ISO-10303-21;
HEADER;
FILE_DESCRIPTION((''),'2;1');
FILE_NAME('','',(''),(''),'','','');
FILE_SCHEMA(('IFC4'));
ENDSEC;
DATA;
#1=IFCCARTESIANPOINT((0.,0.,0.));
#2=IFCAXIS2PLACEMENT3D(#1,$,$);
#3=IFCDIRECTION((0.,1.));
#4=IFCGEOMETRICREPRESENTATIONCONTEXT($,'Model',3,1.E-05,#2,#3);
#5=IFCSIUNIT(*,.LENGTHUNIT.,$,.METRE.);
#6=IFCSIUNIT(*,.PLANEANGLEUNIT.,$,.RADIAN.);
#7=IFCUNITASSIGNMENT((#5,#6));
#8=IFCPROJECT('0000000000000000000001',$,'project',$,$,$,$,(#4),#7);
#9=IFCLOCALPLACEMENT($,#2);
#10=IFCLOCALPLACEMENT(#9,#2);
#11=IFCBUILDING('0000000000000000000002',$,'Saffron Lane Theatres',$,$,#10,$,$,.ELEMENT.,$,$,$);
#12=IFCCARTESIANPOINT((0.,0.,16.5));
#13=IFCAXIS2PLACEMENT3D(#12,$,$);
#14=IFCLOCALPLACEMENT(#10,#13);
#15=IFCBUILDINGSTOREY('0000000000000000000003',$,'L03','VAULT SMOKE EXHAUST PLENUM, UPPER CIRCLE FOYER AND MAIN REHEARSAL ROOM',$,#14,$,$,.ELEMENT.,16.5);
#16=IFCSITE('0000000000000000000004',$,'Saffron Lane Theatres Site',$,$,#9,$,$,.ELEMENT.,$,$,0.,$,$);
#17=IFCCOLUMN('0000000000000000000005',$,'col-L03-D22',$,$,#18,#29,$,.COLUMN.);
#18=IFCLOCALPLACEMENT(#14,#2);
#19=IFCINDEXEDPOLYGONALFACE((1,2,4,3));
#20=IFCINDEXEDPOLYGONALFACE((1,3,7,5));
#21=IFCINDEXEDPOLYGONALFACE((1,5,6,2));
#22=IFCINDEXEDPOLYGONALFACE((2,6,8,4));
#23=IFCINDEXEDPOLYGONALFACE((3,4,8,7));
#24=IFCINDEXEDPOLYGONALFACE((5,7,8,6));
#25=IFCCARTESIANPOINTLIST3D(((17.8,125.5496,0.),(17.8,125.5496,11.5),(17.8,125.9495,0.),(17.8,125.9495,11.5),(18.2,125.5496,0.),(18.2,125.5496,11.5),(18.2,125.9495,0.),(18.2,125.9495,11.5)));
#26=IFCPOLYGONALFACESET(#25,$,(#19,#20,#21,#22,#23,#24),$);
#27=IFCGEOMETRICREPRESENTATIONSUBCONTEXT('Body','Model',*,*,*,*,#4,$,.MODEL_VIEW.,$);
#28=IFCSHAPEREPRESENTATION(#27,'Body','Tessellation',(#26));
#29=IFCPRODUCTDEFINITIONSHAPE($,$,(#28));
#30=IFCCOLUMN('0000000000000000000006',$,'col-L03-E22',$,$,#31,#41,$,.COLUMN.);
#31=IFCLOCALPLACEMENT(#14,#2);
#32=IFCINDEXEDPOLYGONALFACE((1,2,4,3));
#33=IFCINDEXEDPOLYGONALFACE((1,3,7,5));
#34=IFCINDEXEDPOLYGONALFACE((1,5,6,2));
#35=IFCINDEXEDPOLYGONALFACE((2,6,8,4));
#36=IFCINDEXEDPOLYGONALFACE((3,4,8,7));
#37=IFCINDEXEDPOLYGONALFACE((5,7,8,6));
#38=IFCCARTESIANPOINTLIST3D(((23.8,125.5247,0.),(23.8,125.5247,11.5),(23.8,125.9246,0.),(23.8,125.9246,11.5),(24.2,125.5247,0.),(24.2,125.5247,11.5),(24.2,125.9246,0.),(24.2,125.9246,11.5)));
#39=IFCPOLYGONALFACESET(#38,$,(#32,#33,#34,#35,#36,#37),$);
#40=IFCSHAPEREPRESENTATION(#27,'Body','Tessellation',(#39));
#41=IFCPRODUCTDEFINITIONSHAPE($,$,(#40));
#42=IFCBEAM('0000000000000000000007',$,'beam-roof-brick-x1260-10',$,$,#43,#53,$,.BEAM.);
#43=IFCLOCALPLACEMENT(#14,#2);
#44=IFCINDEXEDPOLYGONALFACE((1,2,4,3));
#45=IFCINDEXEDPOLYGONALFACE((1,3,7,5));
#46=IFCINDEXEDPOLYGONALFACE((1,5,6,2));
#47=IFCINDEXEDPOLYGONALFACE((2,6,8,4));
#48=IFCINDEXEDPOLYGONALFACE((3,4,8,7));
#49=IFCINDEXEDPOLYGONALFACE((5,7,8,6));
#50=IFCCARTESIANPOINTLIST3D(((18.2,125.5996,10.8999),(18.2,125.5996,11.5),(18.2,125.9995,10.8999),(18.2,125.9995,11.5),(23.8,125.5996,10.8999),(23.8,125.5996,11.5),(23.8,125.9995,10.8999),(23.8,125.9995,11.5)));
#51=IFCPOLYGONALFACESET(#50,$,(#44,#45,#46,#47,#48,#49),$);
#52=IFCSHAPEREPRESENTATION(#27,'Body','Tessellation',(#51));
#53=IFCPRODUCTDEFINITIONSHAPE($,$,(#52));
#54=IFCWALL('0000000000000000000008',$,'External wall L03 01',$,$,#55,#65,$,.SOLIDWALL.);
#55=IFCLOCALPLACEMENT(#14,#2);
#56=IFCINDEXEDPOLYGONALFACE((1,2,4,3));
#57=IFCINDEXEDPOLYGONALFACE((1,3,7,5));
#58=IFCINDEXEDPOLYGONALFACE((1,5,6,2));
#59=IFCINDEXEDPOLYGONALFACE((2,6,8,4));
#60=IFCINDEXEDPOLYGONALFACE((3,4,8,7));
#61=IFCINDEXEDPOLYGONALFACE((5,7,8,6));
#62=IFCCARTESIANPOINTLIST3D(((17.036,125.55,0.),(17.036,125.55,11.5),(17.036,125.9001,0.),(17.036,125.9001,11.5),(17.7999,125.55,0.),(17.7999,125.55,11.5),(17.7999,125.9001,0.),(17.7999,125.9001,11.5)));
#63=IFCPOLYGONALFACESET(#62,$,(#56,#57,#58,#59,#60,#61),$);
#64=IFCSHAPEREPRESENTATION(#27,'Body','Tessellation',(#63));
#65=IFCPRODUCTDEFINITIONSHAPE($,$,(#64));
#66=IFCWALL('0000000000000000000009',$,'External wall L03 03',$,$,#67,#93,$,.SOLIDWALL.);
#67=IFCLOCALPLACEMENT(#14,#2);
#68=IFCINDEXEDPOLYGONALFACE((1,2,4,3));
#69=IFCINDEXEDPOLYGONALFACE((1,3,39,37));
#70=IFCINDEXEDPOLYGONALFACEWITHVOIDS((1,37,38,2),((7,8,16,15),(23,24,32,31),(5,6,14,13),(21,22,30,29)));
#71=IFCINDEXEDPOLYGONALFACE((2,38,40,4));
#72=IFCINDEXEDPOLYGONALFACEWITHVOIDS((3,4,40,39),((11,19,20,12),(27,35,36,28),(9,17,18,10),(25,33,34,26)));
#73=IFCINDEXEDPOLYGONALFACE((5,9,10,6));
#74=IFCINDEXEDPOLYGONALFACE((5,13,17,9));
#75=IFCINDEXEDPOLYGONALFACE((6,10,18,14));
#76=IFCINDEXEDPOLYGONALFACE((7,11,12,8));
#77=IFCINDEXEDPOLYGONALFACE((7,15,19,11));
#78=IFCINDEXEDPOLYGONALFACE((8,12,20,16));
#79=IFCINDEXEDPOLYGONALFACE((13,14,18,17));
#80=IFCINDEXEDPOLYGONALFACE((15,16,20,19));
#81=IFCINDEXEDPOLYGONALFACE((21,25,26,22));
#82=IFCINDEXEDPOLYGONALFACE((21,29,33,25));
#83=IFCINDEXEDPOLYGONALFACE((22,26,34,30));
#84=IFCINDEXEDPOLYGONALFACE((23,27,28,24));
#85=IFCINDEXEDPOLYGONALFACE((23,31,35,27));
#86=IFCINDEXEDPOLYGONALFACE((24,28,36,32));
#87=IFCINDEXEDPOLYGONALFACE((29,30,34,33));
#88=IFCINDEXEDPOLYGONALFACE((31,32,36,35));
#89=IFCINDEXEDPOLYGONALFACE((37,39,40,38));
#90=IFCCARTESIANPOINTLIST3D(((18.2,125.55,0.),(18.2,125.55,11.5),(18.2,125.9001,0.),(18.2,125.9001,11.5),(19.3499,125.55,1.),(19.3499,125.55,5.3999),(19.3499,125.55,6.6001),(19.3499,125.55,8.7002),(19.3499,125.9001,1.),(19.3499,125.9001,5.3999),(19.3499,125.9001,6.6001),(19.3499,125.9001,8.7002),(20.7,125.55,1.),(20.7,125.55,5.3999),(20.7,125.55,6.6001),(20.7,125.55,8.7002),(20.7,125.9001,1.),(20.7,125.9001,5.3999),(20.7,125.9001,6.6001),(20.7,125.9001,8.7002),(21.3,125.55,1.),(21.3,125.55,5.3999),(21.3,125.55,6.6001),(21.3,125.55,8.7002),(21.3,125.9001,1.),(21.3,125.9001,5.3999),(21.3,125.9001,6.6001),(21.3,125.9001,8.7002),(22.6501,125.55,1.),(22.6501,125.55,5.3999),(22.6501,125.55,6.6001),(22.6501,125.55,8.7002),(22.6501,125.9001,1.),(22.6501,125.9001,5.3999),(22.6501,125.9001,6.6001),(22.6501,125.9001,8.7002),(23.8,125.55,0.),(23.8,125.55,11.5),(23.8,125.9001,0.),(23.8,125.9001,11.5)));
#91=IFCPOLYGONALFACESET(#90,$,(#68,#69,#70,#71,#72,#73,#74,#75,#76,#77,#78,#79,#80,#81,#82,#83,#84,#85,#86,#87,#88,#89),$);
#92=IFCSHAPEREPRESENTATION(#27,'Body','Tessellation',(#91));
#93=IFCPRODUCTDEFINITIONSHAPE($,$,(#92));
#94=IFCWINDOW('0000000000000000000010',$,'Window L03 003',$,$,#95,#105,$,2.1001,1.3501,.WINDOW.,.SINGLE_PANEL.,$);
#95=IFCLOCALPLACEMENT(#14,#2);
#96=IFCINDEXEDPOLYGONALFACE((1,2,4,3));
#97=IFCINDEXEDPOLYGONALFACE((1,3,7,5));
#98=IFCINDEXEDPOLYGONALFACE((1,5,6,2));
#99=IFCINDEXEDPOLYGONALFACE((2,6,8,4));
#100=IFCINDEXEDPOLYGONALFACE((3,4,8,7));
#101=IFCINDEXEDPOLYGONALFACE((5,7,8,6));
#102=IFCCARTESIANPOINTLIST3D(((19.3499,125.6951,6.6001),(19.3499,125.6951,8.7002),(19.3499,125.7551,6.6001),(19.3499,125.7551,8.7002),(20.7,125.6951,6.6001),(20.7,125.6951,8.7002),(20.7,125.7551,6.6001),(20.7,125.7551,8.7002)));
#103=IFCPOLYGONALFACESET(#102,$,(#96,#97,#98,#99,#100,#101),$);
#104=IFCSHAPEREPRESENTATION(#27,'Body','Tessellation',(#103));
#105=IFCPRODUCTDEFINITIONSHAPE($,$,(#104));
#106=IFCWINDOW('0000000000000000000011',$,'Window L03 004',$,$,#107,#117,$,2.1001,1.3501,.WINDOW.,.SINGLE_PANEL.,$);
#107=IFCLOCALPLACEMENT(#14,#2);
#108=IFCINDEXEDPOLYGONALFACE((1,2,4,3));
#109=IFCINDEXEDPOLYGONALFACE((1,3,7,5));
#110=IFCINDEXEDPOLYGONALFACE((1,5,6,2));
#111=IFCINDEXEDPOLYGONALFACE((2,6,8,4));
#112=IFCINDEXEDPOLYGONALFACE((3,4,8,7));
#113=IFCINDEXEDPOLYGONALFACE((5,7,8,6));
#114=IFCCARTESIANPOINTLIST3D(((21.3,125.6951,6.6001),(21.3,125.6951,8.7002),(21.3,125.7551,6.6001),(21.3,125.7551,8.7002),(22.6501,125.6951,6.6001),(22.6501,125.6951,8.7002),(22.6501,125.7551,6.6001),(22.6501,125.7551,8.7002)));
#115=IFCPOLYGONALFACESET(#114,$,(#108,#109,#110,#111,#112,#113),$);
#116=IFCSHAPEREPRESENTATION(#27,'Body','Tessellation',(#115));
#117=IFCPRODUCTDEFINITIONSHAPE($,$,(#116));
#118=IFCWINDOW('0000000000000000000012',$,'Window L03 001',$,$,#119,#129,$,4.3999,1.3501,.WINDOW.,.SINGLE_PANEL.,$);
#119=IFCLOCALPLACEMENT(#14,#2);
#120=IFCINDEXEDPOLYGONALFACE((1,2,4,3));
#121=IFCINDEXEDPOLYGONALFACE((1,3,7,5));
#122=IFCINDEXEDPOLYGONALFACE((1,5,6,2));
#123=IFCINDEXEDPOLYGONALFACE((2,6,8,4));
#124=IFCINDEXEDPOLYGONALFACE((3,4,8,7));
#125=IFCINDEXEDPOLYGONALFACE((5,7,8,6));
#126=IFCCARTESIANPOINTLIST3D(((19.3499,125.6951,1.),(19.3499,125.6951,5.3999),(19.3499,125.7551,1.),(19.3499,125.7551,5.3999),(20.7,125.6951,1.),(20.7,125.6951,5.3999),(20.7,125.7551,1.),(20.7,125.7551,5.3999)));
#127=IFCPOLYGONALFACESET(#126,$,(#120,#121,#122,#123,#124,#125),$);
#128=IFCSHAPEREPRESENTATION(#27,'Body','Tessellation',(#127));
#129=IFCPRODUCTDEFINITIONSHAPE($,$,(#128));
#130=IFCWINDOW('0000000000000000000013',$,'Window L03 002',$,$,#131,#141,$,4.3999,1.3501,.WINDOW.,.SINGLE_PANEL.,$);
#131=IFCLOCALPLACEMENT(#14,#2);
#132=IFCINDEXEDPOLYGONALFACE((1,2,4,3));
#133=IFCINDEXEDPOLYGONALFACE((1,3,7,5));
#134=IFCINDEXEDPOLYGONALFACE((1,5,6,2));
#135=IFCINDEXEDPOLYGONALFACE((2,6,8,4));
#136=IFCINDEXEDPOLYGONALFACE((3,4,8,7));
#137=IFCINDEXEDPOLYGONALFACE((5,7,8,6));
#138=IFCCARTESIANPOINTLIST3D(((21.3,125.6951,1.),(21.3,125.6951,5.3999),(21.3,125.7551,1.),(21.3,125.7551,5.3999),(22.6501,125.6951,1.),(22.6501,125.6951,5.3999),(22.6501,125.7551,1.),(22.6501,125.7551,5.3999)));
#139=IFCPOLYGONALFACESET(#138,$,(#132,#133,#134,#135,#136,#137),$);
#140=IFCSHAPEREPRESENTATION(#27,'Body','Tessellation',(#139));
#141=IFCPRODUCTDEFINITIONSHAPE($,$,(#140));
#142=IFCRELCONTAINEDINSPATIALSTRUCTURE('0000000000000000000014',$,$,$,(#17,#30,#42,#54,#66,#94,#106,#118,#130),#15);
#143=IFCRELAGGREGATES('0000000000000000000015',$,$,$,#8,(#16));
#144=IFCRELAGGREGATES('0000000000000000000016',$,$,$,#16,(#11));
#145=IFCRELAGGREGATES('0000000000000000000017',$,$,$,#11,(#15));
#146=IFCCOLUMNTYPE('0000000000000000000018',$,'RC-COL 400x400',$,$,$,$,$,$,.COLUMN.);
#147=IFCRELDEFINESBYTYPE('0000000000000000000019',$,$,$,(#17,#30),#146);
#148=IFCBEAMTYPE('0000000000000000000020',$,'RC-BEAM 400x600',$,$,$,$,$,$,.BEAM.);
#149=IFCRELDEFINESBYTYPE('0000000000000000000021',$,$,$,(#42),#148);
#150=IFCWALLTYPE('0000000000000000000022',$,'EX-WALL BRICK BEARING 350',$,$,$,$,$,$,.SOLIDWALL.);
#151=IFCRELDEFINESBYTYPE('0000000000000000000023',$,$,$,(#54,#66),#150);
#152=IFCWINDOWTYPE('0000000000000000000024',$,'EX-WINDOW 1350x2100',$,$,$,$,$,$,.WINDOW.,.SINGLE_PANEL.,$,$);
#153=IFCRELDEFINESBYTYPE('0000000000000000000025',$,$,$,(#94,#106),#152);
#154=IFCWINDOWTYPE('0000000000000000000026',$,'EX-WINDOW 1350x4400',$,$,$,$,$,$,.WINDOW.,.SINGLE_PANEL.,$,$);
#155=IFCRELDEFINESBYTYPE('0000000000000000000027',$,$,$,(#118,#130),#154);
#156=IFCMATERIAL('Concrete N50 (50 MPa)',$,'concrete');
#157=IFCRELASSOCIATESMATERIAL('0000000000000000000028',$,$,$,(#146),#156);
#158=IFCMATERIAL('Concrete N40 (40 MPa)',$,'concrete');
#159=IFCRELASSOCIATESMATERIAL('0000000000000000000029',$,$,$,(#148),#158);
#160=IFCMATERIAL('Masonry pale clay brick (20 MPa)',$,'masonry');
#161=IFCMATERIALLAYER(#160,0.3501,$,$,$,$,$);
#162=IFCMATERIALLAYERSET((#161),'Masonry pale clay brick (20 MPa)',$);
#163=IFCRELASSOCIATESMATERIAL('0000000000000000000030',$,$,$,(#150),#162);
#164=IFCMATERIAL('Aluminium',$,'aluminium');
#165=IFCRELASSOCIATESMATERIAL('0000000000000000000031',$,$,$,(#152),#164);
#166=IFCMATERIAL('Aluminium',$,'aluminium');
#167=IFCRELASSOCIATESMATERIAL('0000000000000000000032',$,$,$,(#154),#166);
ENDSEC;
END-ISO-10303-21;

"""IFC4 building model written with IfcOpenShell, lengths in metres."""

from ifc_helpers import new_model, si_unit, direction, frame, frame_2d, origin, origin_2d, place, context, subcontext, project, spatial, rectangle, extrude, material, layer, layer_set, material_profile, profile_set, type_object, element, fill, save


model = new_model("IFC4")

# Units and contexts
model_context = context("Model", 3, precision=1e-05, world=origin(), true_north=direction((0.0, 1.0)))
body_context = subcontext(model_context, "Body", "Model", "MODEL_VIEW")
ifc_project = project(units=[si_unit("LENGTHUNIT", "METRE"), si_unit("PLANEANGLEUNIT", "RADIAN")], contexts=[model_context])

# Site, building, storey
site_placement = place(None, origin())
site = spatial("IfcSite", under=ifc_project, at=site_placement, Name="Saffron Lane Theatres Site", CompositionType="ELEMENT", RefElevation=0.0)
building_placement = place(site_placement, origin())
building = spatial("IfcBuilding", under=site, at=building_placement, Name="Saffron Lane Theatres", CompositionType="ELEMENT")
storey_placement = place(building_placement, frame((0.0, 0.0, 16.5)))
storey = spatial("IfcBuildingStorey", under=building, at=storey_placement, Name="L03", Description="VAULT SMOKE EXHAUST PLENUM, UPPER CIRCLE FOYER AND MAIN REHEARSAL ROOM", CompositionType="ELEMENT", Elevation=16.5)

# Columns
ifc_material_1 = material(Name="Concrete N50 (50 MPa)", Category="concrete")
ifc_material_profile_1 = material_profile(ifc_material_1, rectangle(XDim=0.3999, YDim=0.3999, at=origin_2d()))
ifc_profile_set_1 = profile_set([ifc_material_profile_1], Name="Concrete N50 (50 MPa)")
column_type = type_object("IfcColumnType", Name="RC-COL 400x400", PredefinedType="COLUMN", material=ifc_profile_set_1)
for number, where, z_axis, x_axis, name in (
    (1, (18.0, 125.7495, 0.0), (0.0, 0.0, 1.0), (1.0, 0.0, 0.0), "col-L03-D22"),
    (2, (24.0, 125.7246, 0.0), (0.0, 0.0, 1.0), (1.0, 0.0, 0.0), "col-L03-E22"),
):
    element("IfcColumn", number, at=place(storey_placement, frame(where, z_axis=z_axis, x_axis=x_axis)), inside=storey, type_object=column_type, Name=name, PredefinedType="COLUMN", context=body_context, shape_type="SweptSolid", body=[
        extrude(rectangle(XDim=0.3999, YDim=0.3999, at=origin_2d()), origin(), (0.0, 0.0, 1.0), 11.5),
    ])

# Beam
ifc_material_2 = material(Name="Concrete N40 (40 MPa)", Category="concrete")
ifc_material_profile_2 = material_profile(ifc_material_2, rectangle(XDim=0.3999, YDim=0.6001, at=origin_2d()))
ifc_profile_set_2 = profile_set([ifc_material_profile_2], Name="Concrete N40 (40 MPa)")
beam_type = type_object("IfcBeamType", Name="RC-BEAM 400x600", PredefinedType="BEAM", material=ifc_profile_set_2)
beam_placement = place(storey_placement, frame((18.2, 125.7996, 11.2), z_axis=(1.0, 0.0, 0.0), x_axis=(0.0, 1.0, 0.0)))
element("IfcBeam", 3, at=beam_placement, inside=storey, type_object=beam_type, Name="beam-roof-brick-x1260-10", PredefinedType="BEAM", context=body_context, shape_type="SweptSolid", body=[
    extrude(rectangle(XDim=0.3999, YDim=0.6001, at=origin_2d()), origin(), (0.0, 0.0, 1.0), 5.6001),
])

# Wall
ifc_material_3 = material(Name="Masonry pale clay brick (20 MPa)", Category="masonry")
ifc_layer_1 = layer(ifc_material_3, 0.3501)
ifc_layer_set_1 = layer_set([ifc_layer_1], Name="Masonry pale clay brick (20 MPa)")
wall_type_1 = type_object("IfcWallType", Name="EX-WALL BRICK BEARING 350", PredefinedType="SOLIDWALL", material=ifc_layer_set_1)
wall_1_placement = place(storey_placement, frame((17.0361, 125.7251, 0.0), z_axis=(0.0, 0.0, 1.0), x_axis=(1.0, 0.0, 0.0)))
element("IfcWall", 4, at=wall_1_placement, inside=storey, type_object=wall_type_1, Name="External wall L03 01", PredefinedType="SOLIDWALL", context=body_context, shape_type="SweptSolid", body=[
    extrude(rectangle(XDim=0.7639, YDim=0.3501, at=frame_2d((0.3818, 0.0))), origin(), (0.0, 0.0, 1.0), 11.5),
])

# Wall, openings, windows
wall_2_placement = place(storey_placement, frame((18.2, 125.7251, 0.0), z_axis=(0.0, 0.0, 1.0), x_axis=(1.0, 0.0, 0.0)))
wall_2 = element("IfcWall", 5, at=wall_2_placement, inside=storey, type_object=wall_type_1, Name="External wall L03 03", PredefinedType="SOLIDWALL", context=body_context, shape_type="SweptSolid", body=[
    extrude(rectangle(XDim=5.6001, YDim=0.3501, at=frame_2d((2.8, 0.0))), origin(), (0.0, 0.0, 1.0), 11.5),
])
opening_1_placement = place(wall_2_placement, frame((1.1499, 0.0, 1.0)))
opening_1 = element("IfcOpeningElement", 6, at=opening_1_placement, cuts=wall_2, PredefinedType="OPENING", context=body_context, shape_type="SweptSolid", body=[
    extrude(rectangle(XDim=1.3501, YDim=4.3999, at=frame_2d((0.675, 2.2))), frame((0.0, 0.1851, 0.0), z_axis=(0.0, -1.0, 0.0), x_axis=(1.0, 0.0, 0.0)), (0.0, 0.0, 1.0), 0.3701),
])
opening_2_placement = place(wall_2_placement, frame((3.1001, 0.0, 1.0)))
opening_2 = element("IfcOpeningElement", 7, at=opening_2_placement, cuts=wall_2, PredefinedType="OPENING", context=body_context, shape_type="SweptSolid", body=[
    extrude(rectangle(XDim=1.3501, YDim=4.3999, at=frame_2d((0.675, 2.2))), frame((0.0, 0.1851, 0.0), z_axis=(0.0, -1.0, 0.0), x_axis=(1.0, 0.0, 0.0)), (0.0, 0.0, 1.0), 0.3701),
])
opening_3_placement = place(wall_2_placement, frame((1.1499, 0.0, 6.6001)))
opening_3 = element("IfcOpeningElement", 8, at=opening_3_placement, cuts=wall_2, PredefinedType="OPENING", context=body_context, shape_type="SweptSolid", body=[
    extrude(rectangle(XDim=1.3501, YDim=2.1001, at=frame_2d((0.675, 1.05))), frame((0.0, 0.1851, 0.0), z_axis=(0.0, -1.0, 0.0), x_axis=(1.0, 0.0, 0.0)), (0.0, 0.0, 1.0), 0.3701),
])
opening_4_placement = place(wall_2_placement, frame((3.1001, 0.0, 6.6001)))
opening_4 = element("IfcOpeningElement", 9, at=opening_4_placement, cuts=wall_2, PredefinedType="OPENING", context=body_context, shape_type="SweptSolid", body=[
    extrude(rectangle(XDim=1.3501, YDim=2.1001, at=frame_2d((0.675, 1.05))), frame((0.0, 0.1851, 0.0), z_axis=(0.0, -1.0, 0.0), x_axis=(1.0, 0.0, 0.0)), (0.0, 0.0, 1.0), 0.3701),
])
ifc_material_4 = material(Name="Aluminium", Category="aluminium")
window_type_1 = type_object("IfcWindowType", Name="EX-WINDOW 1350x2100", PartitioningType="SINGLE_PANEL", PredefinedType="WINDOW", material=ifc_material_4)
window_1_placement = place(opening_3_placement, origin())
window_1 = element("IfcWindow", 10, at=window_1_placement, inside=storey, type_object=window_type_1, Name="Window L03 003", OverallHeight=2.1001, OverallWidth=1.3501, PartitioningType="SINGLE_PANEL", PredefinedType="WINDOW", context=body_context, shape_type="SweptSolid", body=[
    extrude(rectangle(XDim=1.3501, YDim=2.1001, at=frame_2d((0.675, 1.05))), frame((0.0, 0.03, 0.0), z_axis=(0.0, -1.0, 0.0), x_axis=(1.0, 0.0, 0.0)), (0.0, 0.0, 1.0), 0.0601),
])
fill(opening_3, window_1)
window_2_placement = place(opening_4_placement, origin())
window_2 = element("IfcWindow", 11, at=window_2_placement, inside=storey, type_object=window_type_1, Name="Window L03 004", OverallHeight=2.1001, OverallWidth=1.3501, PartitioningType="SINGLE_PANEL", PredefinedType="WINDOW", context=body_context, shape_type="SweptSolid", body=[
    extrude(rectangle(XDim=1.3501, YDim=2.1001, at=frame_2d((0.675, 1.05))), frame((0.0, 0.03, 0.0), z_axis=(0.0, -1.0, 0.0), x_axis=(1.0, 0.0, 0.0)), (0.0, 0.0, 1.0), 0.0601),
])
fill(opening_4, window_2)
ifc_material_5 = material(Name="Aluminium", Category="aluminium")
window_type_2 = type_object("IfcWindowType", Name="EX-WINDOW 1350x4400", PartitioningType="SINGLE_PANEL", PredefinedType="WINDOW", material=ifc_material_5)
window_3_placement = place(opening_1_placement, origin())
window_3 = element("IfcWindow", 12, at=window_3_placement, inside=storey, type_object=window_type_2, Name="Window L03 001", OverallHeight=4.3999, OverallWidth=1.3501, PartitioningType="SINGLE_PANEL", PredefinedType="WINDOW", context=body_context, shape_type="SweptSolid", body=[
    extrude(rectangle(XDim=1.3501, YDim=4.3999, at=frame_2d((0.675, 2.2))), frame((0.0, 0.03, 0.0), z_axis=(0.0, -1.0, 0.0), x_axis=(1.0, 0.0, 0.0)), (0.0, 0.0, 1.0), 0.0601),
])
fill(opening_1, window_3)
window_4_placement = place(opening_2_placement, origin())
window_4 = element("IfcWindow", 13, at=window_4_placement, inside=storey, type_object=window_type_2, Name="Window L03 002", OverallHeight=4.3999, OverallWidth=1.3501, PartitioningType="SINGLE_PANEL", PredefinedType="WINDOW", context=body_context, shape_type="SweptSolid", body=[
    extrude(rectangle(XDim=1.3501, YDim=4.3999, at=frame_2d((0.675, 2.2))), frame((0.0, 0.03, 0.0), z_axis=(0.0, -1.0, 0.0), x_axis=(1.0, 0.0, 0.0)), (0.0, 0.0, 1.0), 0.0601),
])
fill(opening_2, window_4)

save(model, "model.ifc")
